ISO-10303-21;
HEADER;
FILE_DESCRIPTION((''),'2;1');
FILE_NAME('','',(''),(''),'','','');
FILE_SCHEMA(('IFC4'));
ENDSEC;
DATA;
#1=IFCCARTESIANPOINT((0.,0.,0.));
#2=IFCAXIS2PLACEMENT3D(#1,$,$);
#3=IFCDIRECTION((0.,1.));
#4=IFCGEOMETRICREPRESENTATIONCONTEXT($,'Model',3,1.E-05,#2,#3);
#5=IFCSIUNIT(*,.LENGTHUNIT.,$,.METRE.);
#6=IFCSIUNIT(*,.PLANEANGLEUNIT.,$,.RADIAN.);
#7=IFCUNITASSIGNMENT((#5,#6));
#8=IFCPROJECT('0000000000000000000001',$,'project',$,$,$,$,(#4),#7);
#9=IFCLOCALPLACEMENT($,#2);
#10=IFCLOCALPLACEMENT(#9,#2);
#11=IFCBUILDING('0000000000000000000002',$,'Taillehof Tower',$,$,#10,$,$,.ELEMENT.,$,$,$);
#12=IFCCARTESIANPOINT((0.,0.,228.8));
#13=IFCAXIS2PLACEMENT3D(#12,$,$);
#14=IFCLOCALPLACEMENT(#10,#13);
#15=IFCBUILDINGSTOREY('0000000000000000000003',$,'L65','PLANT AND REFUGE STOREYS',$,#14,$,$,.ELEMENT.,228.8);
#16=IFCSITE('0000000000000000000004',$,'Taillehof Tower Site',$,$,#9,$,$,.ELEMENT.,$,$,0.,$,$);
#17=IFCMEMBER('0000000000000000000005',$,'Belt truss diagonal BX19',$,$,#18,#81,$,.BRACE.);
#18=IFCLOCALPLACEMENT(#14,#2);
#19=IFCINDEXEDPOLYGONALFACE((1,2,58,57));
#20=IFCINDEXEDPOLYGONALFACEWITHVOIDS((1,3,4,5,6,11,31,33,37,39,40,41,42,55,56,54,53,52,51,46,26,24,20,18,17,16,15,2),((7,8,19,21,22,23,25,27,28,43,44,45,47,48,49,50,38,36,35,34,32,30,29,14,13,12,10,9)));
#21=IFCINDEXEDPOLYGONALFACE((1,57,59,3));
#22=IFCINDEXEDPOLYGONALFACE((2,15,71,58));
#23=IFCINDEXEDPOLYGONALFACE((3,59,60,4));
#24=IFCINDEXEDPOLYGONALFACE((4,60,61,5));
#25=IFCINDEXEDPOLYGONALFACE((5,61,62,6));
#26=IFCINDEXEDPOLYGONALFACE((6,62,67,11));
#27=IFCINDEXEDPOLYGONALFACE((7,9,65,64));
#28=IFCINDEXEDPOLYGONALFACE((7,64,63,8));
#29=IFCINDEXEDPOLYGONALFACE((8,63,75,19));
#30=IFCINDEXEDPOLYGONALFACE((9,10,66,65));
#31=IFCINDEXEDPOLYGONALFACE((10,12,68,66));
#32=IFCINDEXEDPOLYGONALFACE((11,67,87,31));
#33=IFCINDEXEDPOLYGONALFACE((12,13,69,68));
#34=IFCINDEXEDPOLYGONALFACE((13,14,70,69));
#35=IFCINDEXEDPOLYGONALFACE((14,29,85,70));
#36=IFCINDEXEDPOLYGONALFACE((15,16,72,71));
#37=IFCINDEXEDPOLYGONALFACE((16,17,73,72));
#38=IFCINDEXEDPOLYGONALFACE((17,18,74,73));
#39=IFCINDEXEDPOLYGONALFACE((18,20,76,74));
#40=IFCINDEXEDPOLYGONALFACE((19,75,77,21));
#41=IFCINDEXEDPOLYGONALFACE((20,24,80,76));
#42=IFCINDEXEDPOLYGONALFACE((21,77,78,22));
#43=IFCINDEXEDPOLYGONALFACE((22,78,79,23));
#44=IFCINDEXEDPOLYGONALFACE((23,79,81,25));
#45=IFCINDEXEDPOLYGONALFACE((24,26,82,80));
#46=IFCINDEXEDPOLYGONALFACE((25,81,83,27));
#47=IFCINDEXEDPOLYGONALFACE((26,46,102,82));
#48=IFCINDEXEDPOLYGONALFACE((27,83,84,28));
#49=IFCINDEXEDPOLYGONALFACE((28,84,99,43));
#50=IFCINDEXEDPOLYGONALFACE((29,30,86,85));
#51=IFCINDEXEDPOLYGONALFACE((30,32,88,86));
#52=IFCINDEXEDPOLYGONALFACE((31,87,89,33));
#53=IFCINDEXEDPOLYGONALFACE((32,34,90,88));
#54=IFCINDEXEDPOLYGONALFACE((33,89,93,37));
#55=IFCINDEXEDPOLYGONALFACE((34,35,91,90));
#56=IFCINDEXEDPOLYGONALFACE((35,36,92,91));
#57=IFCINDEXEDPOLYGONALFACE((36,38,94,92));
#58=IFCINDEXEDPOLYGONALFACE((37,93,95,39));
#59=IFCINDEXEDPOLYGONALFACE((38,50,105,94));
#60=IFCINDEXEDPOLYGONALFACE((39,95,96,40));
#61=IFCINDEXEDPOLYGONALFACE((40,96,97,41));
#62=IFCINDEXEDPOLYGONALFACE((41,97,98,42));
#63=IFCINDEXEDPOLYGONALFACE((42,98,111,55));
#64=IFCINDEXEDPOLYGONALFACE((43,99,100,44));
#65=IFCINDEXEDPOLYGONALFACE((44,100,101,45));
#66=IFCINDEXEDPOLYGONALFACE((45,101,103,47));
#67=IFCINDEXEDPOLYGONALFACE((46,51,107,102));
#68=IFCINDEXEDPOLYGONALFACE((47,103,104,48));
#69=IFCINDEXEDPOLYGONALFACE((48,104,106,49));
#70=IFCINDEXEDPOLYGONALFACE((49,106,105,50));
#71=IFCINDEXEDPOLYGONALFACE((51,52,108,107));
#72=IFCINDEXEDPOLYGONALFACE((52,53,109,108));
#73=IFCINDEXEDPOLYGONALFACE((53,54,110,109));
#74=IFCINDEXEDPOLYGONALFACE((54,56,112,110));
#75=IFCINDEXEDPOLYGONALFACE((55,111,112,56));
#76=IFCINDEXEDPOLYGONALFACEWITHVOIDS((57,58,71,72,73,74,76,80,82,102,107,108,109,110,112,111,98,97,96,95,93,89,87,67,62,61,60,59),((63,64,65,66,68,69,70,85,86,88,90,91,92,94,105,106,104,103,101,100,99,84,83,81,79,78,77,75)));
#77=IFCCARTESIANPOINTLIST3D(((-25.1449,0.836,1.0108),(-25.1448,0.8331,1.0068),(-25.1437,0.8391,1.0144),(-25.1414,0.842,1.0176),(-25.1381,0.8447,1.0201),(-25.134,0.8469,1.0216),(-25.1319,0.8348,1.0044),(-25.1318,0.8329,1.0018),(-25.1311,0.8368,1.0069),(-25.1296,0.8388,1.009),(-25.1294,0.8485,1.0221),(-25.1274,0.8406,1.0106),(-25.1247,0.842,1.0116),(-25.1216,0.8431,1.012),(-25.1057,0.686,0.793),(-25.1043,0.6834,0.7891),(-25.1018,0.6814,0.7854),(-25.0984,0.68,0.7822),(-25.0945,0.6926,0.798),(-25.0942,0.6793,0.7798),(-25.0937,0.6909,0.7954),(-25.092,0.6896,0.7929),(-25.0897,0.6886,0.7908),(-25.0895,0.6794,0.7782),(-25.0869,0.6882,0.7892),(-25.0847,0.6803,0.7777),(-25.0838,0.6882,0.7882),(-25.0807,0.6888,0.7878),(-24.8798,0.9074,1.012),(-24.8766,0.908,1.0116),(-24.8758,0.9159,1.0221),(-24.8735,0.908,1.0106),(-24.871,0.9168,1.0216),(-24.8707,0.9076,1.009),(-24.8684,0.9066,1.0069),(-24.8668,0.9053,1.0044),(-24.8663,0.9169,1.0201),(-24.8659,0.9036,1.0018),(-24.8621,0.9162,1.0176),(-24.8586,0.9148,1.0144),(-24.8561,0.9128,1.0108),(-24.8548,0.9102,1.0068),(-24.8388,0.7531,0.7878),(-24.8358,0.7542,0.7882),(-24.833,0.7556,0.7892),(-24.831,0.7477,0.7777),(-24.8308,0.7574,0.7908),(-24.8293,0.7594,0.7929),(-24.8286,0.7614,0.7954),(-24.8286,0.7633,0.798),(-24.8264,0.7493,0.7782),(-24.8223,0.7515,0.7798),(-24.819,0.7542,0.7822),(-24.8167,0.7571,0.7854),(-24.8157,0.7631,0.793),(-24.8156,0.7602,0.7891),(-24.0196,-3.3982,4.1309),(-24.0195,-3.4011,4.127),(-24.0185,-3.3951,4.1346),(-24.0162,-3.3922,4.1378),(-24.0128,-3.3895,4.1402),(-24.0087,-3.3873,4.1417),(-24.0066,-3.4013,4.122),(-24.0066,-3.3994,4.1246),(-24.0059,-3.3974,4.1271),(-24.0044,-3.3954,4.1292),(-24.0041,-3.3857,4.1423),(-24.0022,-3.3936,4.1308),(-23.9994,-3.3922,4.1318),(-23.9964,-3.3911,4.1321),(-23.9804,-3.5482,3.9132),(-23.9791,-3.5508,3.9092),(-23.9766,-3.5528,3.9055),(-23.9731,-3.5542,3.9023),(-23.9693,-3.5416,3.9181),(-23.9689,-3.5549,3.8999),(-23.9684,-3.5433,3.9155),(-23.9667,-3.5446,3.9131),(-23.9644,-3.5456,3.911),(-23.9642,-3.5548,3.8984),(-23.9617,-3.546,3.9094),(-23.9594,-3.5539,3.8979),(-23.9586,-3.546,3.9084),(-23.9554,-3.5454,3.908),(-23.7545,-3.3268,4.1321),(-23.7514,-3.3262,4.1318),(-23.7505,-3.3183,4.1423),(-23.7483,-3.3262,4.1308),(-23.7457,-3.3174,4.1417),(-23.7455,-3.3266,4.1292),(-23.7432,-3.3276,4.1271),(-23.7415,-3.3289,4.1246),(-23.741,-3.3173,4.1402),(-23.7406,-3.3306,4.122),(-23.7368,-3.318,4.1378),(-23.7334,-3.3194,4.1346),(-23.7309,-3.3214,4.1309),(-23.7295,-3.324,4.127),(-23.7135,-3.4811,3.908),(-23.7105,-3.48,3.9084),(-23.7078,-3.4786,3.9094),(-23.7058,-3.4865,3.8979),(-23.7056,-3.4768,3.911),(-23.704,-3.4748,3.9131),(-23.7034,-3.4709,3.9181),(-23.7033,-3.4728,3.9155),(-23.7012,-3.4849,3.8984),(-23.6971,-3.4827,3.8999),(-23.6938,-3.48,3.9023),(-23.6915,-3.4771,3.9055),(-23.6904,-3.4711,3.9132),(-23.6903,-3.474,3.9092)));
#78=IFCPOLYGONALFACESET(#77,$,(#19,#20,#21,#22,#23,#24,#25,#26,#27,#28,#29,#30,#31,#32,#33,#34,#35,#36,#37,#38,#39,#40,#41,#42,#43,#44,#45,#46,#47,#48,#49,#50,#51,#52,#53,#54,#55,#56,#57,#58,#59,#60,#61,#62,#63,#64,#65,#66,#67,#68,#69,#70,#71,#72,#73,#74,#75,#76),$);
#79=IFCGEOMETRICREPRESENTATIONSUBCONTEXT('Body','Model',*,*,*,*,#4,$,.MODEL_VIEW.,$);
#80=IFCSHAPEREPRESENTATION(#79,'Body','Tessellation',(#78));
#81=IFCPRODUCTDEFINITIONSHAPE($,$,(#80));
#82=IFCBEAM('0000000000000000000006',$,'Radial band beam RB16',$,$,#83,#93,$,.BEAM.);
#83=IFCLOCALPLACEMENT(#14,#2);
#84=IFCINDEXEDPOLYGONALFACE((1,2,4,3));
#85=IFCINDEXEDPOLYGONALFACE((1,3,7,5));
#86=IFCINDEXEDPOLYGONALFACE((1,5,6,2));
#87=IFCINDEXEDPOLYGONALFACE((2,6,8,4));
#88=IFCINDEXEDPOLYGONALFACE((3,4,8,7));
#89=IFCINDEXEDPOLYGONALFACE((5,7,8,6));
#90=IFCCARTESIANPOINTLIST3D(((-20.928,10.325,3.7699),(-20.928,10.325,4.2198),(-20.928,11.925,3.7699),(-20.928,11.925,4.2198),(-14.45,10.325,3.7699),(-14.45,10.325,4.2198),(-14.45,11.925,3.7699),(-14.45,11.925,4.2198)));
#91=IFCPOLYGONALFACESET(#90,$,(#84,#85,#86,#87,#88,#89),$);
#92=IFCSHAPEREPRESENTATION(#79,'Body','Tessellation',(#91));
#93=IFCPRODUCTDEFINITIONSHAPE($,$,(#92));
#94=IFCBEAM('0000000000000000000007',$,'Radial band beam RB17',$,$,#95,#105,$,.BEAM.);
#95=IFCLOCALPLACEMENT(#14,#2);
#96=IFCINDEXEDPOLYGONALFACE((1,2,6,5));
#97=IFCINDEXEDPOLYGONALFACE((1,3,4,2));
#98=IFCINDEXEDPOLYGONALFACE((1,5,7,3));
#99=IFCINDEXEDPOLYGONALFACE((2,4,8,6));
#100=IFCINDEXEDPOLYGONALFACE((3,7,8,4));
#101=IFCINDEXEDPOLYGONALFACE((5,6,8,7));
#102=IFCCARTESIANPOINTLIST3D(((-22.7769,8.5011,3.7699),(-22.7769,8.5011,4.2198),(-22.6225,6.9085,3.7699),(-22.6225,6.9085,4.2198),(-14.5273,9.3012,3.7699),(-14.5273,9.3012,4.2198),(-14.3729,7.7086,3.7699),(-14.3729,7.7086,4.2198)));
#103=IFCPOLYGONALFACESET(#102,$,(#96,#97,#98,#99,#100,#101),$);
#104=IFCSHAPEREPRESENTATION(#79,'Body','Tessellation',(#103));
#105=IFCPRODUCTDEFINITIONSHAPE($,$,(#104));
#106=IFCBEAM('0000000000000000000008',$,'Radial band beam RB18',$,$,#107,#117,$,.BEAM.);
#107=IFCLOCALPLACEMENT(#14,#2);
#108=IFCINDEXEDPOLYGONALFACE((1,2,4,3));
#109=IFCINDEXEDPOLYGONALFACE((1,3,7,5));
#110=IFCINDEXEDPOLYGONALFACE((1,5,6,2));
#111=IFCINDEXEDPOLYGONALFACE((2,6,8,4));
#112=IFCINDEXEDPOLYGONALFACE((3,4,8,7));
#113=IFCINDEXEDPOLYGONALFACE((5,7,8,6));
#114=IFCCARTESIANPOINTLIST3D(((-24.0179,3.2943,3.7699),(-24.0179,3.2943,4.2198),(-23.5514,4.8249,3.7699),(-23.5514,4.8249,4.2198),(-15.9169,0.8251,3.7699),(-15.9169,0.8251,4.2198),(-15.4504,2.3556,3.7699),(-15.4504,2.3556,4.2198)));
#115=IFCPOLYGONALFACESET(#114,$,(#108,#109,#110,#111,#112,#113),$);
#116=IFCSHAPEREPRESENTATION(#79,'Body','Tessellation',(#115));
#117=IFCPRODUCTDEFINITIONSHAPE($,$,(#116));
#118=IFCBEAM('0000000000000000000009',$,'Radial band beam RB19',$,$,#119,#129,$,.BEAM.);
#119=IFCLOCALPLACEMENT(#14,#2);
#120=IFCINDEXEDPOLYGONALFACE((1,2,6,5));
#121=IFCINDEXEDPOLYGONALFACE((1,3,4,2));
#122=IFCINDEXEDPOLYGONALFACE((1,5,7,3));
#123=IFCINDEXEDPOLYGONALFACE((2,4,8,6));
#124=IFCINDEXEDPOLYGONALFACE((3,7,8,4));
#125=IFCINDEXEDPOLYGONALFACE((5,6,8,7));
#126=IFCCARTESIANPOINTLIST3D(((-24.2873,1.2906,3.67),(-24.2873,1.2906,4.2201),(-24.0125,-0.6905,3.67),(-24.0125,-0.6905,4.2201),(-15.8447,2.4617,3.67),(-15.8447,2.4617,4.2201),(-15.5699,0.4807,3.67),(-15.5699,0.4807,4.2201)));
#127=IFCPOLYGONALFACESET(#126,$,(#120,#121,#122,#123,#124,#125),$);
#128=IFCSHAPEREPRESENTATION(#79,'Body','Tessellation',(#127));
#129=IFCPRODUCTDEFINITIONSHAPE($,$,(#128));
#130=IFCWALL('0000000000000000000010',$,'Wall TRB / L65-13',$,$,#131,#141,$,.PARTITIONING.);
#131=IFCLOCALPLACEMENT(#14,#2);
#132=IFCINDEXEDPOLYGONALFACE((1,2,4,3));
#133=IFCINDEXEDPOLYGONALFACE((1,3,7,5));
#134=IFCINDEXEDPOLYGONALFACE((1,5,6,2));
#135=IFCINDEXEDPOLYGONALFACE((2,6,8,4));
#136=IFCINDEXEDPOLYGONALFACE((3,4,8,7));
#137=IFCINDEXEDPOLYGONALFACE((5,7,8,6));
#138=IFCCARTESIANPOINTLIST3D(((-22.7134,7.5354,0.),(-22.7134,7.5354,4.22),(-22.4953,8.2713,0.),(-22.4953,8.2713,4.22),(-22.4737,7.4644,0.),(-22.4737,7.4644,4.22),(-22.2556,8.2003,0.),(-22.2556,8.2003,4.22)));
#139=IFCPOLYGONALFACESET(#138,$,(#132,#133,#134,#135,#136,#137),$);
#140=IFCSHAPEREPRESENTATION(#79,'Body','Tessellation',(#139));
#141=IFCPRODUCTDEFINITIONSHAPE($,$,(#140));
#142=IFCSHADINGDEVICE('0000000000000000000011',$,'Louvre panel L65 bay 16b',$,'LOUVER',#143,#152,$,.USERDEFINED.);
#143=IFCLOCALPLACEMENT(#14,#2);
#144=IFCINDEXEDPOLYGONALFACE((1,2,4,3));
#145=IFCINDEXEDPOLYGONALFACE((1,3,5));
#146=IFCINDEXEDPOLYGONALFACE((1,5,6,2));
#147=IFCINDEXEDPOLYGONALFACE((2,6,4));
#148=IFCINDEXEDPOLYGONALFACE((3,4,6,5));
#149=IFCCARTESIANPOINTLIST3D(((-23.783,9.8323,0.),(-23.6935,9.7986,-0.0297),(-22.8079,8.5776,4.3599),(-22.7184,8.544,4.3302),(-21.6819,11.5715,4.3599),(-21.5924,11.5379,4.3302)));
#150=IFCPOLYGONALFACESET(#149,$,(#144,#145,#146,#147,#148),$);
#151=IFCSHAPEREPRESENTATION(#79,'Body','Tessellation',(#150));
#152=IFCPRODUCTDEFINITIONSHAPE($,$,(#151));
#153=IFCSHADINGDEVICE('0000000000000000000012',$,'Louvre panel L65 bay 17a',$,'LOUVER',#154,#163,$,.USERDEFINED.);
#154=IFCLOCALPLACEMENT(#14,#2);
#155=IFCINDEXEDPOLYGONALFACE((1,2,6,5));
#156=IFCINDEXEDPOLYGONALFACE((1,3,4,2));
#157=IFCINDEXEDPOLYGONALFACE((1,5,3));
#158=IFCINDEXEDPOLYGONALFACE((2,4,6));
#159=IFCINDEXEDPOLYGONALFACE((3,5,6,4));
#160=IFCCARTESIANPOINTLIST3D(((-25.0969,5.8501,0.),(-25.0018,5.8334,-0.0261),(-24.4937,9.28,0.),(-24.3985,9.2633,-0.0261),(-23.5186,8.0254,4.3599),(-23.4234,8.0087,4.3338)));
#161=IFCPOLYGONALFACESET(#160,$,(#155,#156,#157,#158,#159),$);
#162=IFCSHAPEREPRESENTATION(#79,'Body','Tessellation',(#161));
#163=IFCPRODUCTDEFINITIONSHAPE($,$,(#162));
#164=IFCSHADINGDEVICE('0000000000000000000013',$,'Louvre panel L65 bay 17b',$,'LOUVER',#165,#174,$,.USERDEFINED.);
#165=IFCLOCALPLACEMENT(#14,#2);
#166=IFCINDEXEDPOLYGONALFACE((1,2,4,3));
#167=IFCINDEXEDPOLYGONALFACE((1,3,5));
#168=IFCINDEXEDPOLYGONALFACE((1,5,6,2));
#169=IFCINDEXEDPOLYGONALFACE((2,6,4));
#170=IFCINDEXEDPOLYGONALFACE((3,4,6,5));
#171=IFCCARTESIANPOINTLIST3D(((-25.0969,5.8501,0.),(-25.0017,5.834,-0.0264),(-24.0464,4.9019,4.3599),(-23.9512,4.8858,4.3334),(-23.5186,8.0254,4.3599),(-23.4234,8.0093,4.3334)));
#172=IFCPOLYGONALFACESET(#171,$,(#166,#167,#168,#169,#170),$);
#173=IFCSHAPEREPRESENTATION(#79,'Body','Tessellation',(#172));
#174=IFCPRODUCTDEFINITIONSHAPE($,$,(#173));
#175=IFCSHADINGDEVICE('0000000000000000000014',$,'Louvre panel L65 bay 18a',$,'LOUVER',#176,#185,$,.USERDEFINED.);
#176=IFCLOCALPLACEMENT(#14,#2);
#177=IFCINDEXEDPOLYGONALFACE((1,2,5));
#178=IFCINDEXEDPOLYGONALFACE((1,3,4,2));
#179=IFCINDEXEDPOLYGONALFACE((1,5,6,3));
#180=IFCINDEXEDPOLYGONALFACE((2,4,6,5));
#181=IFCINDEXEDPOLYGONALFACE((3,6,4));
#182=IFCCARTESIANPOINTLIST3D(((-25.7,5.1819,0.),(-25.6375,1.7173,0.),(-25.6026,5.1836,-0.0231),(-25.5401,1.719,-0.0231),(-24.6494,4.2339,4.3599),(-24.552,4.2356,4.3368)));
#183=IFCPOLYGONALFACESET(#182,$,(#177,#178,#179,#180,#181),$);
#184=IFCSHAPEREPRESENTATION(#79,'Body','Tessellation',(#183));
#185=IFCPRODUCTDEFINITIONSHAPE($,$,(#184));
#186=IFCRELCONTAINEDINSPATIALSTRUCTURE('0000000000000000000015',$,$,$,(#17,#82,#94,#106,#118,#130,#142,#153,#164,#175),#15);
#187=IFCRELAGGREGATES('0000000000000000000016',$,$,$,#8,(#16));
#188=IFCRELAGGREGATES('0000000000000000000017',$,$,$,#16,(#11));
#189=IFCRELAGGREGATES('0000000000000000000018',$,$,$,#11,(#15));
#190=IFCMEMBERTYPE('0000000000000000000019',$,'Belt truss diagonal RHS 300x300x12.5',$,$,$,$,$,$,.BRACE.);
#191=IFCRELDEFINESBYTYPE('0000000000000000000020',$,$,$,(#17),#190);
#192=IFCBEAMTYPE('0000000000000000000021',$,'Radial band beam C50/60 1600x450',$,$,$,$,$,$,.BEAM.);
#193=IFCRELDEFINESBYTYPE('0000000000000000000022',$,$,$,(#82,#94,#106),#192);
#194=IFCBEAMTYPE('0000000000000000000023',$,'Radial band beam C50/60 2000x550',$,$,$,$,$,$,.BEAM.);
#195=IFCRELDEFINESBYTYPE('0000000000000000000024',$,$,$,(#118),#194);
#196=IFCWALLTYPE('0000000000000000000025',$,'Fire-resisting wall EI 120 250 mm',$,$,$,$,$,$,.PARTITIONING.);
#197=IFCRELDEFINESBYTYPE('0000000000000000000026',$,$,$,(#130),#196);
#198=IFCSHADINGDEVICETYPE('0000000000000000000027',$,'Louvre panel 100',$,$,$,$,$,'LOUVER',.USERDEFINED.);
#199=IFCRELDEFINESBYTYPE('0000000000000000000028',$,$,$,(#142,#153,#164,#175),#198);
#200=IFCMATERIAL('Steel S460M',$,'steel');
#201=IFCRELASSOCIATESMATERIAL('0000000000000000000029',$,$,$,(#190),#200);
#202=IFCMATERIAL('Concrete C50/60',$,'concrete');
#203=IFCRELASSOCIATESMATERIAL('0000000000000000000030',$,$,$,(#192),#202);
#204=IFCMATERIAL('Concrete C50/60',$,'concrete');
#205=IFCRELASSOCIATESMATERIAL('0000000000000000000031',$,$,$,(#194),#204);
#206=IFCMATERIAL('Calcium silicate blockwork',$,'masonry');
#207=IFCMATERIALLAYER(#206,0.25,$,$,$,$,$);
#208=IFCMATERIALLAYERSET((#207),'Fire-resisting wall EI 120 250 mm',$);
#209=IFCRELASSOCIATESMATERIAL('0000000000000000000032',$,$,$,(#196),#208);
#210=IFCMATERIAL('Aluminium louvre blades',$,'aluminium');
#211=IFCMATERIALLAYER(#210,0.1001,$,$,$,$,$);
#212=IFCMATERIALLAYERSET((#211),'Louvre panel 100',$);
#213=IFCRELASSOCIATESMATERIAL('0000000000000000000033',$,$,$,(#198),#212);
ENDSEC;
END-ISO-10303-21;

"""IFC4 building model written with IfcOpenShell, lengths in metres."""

from ifc_helpers import new_model, si_unit, direction, frame, frame_2d, origin, origin_2d, place, context, subcontext, project, spatial, polyline, rectangle, hollow_rectangle, outline, extrude, material, layer, layer_set, material_profile, profile_set, type_object, element, save


model = new_model("IFC4")

# Units and contexts
model_context = context("Model", 3, precision=1e-05, world=origin(), true_north=direction((0.0, 1.0)))
body_context = subcontext(model_context, "Body", "Model", "MODEL_VIEW")
ifc_project = project(units=[si_unit("LENGTHUNIT", "METRE"), si_unit("PLANEANGLEUNIT", "RADIAN")], contexts=[model_context])

# Site, building, storey
site_placement = place(None, origin())
site = spatial("IfcSite", under=ifc_project, at=site_placement, Name="Taillehof Tower Site", CompositionType="ELEMENT", RefElevation=0.0)
building_placement = place(site_placement, origin())
building = spatial("IfcBuilding", under=site, at=building_placement, Name="Taillehof Tower", CompositionType="ELEMENT")
storey_placement = place(building_placement, frame((0.0, 0.0, 228.8)))
storey = spatial("IfcBuildingStorey", under=building, at=storey_placement, Name="L65", Description="PLANT AND REFUGE STOREYS", CompositionType="ELEMENT", Elevation=228.8)

# Member
ifc_material_1 = material(Name="Steel S460M", Category="steel")
ifc_material_profile_1 = material_profile(ifc_material_1, hollow_rectangle(XDim=0.3, YDim=0.3, WallThickness=0.0125, InnerFilletRadius=0.0125, OuterFilletRadius=0.0188, at=origin_2d()), Name="RHS 300x300x12.5")
ifc_profile_set_1 = profile_set([ifc_material_profile_1], Name="Steel S460M")
member_type_1 = type_object("IfcMemberType", Name="Belt truss diagonal RHS 300x300x12.5", PredefinedType="BRACE", material=ifc_profile_set_1)
member_1_placement = place(storey_placement, frame((-24.9802, 0.7981, 0.8999), z_axis=(0.209208, -0.78722, 0.5801), x_axis=(0.966454, 0.256841, 0.0)))
element("IfcMember", 1, at=member_1_placement, inside=storey, type_object=member_type_1, Name="Belt truss diagonal BX19", PredefinedType="BRACE", context=body_context, shape_type="SweptSolid", body=[
    extrude(hollow_rectangle(XDim=0.3, YDim=0.3, WallThickness=0.0125, InnerFilletRadius=0.0125, OuterFilletRadius=0.0188, at=origin_2d()), origin(), (0.0, 0.0, 1.0), 5.3787),
])

# Beams
ifc_material_2 = material(Name="Concrete C50/60", Category="concrete")
ifc_material_profile_2 = material_profile(ifc_material_2, rectangle(XDim=1.6001, YDim=0.45, at=origin_2d()), Name="RC 1600x450")
ifc_profile_set_2 = profile_set([ifc_material_profile_2], Name="Concrete C50/60")
beam_type_1 = type_object("IfcBeamType", Name="Radial band beam C50/60 1600x450", PredefinedType="BEAM", material=ifc_profile_set_2)
beam_1_placement = place(storey_placement, frame((-20.928, 11.125, 3.9949), z_axis=(1.0, 0.0, 0.0), x_axis=(0.0, 1.0, 0.0)))
element("IfcBeam", 2, at=beam_1_placement, inside=storey, type_object=beam_type_1, Name="Radial band beam RB16", PredefinedType="BEAM", context=body_context, shape_type="SweptSolid", body=[
    extrude(rectangle(XDim=1.6001, YDim=0.45, at=origin_2d()), origin(), (0.0, 0.0, 1.0), 6.478),
])
beam_2_placement = place(storey_placement, frame((-22.6997, 7.7048, 3.9949), z_axis=(0.99533, 0.096528, 0.0), x_axis=(-0.096528, 0.99533, 0.0)))
element("IfcBeam", 3, at=beam_2_placement, inside=storey, type_object=beam_type_1, Name="Radial band beam RB17", PredefinedType="BEAM", context=body_context, shape_type="SweptSolid", body=[
    extrude(rectangle(XDim=1.6001, YDim=0.45, at=origin_2d()), origin(), (0.0, 0.0, 1.0), 8.2883),
])
beam_3_placement = place(storey_placement, frame((-23.7847, 4.0596, 3.9949), z_axis=(0.956552, -0.291561, 0.0), x_axis=(0.291561, 0.956552, 0.0)))
element("IfcBeam", 4, at=beam_3_placement, inside=storey, type_object=beam_type_1, Name="Radial band beam RB18", PredefinedType="BEAM", context=body_context, shape_type="SweptSolid", body=[
    extrude(rectangle(XDim=1.6001, YDim=0.45, at=origin_2d()), origin(), (0.0, 0.0, 1.0), 8.469),
])
ifc_material_3 = material(Name="Concrete C50/60", Category="concrete")
ifc_material_profile_3 = material_profile(ifc_material_3, rectangle(XDim=2.0, YDim=0.55, at=origin_2d()), Name="RC 2000x550")
ifc_profile_set_3 = profile_set([ifc_material_profile_3], Name="Concrete C50/60")
beam_type_2 = type_object("IfcBeamType", Name="Radial band beam C50/60 2000x550", PredefinedType="BEAM", material=ifc_profile_set_3)
beam_4_placement = place(storey_placement, frame((-24.1499, 0.3, 3.9451), z_axis=(0.990515, 0.137402, 0.0), x_axis=(-0.137402, 0.990515, 0.0)))
element("IfcBeam", 5, at=beam_4_placement, inside=storey, type_object=beam_type_2, Name="Radial band beam RB19", PredefinedType="BEAM", context=body_context, shape_type="SweptSolid", body=[
    extrude(rectangle(XDim=2.0, YDim=0.55, at=origin_2d()), origin(), (0.0, 0.0, 1.0), 8.5234),
])

# Wall
ifc_material_4 = material(Name="Calcium silicate blockwork", Category="masonry")
ifc_layer_1 = layer(ifc_material_4, 0.25)
ifc_layer_set_1 = layer_set([ifc_layer_1], Name="Fire-resisting wall EI 120 250 mm")
wall_type = type_object("IfcWallType", Name="Fire-resisting wall EI 120 250 mm", PredefinedType="PARTITIONING", material=ifc_layer_set_1)
wall_placement = place(storey_placement, frame((-22.3755, 8.2358, 0.0), z_axis=(0.0, 0.0, 1.0), x_axis=(-0.284077, -0.958801, 0.0)))
element("IfcWall", 6, at=wall_placement, inside=storey, type_object=wall_type, Name="Wall TRB / L65-13", PredefinedType="PARTITIONING", context=body_context, shape_type="SweptSolid", body=[
    extrude(rectangle(XDim=0.7676, YDim=0.25, at=frame_2d((0.3838, 0.0))), origin(), (0.0, 0.0, 1.0), 4.22),
])

# Shading devices
ifc_material_5 = material(Name="Aluminium louvre blades", Category="aluminium")
ifc_layer_2 = layer(ifc_material_5, 0.1001)
ifc_layer_set_2 = layer_set([ifc_layer_2], Name="Louvre panel 100")
shading_device_type = type_object("IfcShadingDeviceType", Name="Louvre panel 100", ElementType="LOUVER", PredefinedType="USERDEFINED", material=ifc_layer_set_2)
shading_device_1_placement = place(storey_placement, frame((-23.783, 9.8323, 0.0), z_axis=(-0.893859, 0.336172, 0.296655), x_axis=(0.210132, -0.270373, 0.939544)))
element("IfcShadingDevice", 7, at=shading_device_1_placement, inside=storey, type_object=shading_device_type, Name="Louvre panel L65 bay 16b", ObjectType="LOUVER", PredefinedType="USERDEFINED", context=body_context, shape_type="SweptSolid", body=[
    extrude(outline(polyline([(0.0, 0.0), (4.6404, 0.0), (4.0675, 3.1469), (0.0, 0.0)])), origin(), (0.0, 0.0, -1.0), 0.1001),
])
shading_device_2_placement = place(storey_placement, frame((-24.4937, 9.28, 0.0), z_axis=(-0.950805, 0.167232, 0.260775), x_axis=(-0.173225, -0.984882, 0.0)))
element("IfcShadingDevice", 8, at=shading_device_2_placement, inside=storey, type_object=shading_device_type, Name="Louvre panel L65 bay 17a", ObjectType="LOUVER", PredefinedType="USERDEFINED", context=body_context, shape_type="SweptSolid", body=[
    extrude(outline(polyline([(0.0, 0.0), (3.4826, 0.0), (1.0668, 4.5161), (0.0, 0.0)])), origin(), (0.0, 0.0, -1.0), 0.1001),
])
shading_device_3_placement = place(storey_placement, frame((-25.0969, 5.8501, 0.0), z_axis=(-0.951011, 0.160707, 0.264105), x_axis=(0.229185, -0.206868, 0.951147)))
element("IfcShadingDevice", 9, at=shading_device_3_placement, inside=storey, type_object=shading_device_type, Name="Louvre panel L65 bay 17b", ObjectType="LOUVER", PredefinedType="USERDEFINED", context=body_context, shape_type="SweptSolid", body=[
    extrude(outline(polyline([(0.0, 0.0), (4.5838, 0.0), (4.0586, 3.124), (0.0, 0.0)])), origin(), (0.0, 0.0, -1.0), 0.1001),
])
shading_device_4_placement = place(storey_placement, frame((-25.7, 5.1819, 0.0), z_axis=(-0.972889, -0.017551, 0.230608), x_axis=(0.018037, -0.999837, 0.0)))
element("IfcShadingDevice", 10, at=shading_device_4_placement, inside=storey, type_object=shading_device_type, Name="Louvre panel L65 bay 18a", ObjectType="LOUVER", PredefinedType="USERDEFINED", context=body_context, shape_type="SweptSolid", body=[
    extrude(outline(polyline([(0.0, 0.0), (3.4652, 0.0), (0.9668, 4.4806), (0.0, 0.0)])), origin(), (0.0, 0.0, -1.0), 0.1001),
])

save(model, "model.ifc")
